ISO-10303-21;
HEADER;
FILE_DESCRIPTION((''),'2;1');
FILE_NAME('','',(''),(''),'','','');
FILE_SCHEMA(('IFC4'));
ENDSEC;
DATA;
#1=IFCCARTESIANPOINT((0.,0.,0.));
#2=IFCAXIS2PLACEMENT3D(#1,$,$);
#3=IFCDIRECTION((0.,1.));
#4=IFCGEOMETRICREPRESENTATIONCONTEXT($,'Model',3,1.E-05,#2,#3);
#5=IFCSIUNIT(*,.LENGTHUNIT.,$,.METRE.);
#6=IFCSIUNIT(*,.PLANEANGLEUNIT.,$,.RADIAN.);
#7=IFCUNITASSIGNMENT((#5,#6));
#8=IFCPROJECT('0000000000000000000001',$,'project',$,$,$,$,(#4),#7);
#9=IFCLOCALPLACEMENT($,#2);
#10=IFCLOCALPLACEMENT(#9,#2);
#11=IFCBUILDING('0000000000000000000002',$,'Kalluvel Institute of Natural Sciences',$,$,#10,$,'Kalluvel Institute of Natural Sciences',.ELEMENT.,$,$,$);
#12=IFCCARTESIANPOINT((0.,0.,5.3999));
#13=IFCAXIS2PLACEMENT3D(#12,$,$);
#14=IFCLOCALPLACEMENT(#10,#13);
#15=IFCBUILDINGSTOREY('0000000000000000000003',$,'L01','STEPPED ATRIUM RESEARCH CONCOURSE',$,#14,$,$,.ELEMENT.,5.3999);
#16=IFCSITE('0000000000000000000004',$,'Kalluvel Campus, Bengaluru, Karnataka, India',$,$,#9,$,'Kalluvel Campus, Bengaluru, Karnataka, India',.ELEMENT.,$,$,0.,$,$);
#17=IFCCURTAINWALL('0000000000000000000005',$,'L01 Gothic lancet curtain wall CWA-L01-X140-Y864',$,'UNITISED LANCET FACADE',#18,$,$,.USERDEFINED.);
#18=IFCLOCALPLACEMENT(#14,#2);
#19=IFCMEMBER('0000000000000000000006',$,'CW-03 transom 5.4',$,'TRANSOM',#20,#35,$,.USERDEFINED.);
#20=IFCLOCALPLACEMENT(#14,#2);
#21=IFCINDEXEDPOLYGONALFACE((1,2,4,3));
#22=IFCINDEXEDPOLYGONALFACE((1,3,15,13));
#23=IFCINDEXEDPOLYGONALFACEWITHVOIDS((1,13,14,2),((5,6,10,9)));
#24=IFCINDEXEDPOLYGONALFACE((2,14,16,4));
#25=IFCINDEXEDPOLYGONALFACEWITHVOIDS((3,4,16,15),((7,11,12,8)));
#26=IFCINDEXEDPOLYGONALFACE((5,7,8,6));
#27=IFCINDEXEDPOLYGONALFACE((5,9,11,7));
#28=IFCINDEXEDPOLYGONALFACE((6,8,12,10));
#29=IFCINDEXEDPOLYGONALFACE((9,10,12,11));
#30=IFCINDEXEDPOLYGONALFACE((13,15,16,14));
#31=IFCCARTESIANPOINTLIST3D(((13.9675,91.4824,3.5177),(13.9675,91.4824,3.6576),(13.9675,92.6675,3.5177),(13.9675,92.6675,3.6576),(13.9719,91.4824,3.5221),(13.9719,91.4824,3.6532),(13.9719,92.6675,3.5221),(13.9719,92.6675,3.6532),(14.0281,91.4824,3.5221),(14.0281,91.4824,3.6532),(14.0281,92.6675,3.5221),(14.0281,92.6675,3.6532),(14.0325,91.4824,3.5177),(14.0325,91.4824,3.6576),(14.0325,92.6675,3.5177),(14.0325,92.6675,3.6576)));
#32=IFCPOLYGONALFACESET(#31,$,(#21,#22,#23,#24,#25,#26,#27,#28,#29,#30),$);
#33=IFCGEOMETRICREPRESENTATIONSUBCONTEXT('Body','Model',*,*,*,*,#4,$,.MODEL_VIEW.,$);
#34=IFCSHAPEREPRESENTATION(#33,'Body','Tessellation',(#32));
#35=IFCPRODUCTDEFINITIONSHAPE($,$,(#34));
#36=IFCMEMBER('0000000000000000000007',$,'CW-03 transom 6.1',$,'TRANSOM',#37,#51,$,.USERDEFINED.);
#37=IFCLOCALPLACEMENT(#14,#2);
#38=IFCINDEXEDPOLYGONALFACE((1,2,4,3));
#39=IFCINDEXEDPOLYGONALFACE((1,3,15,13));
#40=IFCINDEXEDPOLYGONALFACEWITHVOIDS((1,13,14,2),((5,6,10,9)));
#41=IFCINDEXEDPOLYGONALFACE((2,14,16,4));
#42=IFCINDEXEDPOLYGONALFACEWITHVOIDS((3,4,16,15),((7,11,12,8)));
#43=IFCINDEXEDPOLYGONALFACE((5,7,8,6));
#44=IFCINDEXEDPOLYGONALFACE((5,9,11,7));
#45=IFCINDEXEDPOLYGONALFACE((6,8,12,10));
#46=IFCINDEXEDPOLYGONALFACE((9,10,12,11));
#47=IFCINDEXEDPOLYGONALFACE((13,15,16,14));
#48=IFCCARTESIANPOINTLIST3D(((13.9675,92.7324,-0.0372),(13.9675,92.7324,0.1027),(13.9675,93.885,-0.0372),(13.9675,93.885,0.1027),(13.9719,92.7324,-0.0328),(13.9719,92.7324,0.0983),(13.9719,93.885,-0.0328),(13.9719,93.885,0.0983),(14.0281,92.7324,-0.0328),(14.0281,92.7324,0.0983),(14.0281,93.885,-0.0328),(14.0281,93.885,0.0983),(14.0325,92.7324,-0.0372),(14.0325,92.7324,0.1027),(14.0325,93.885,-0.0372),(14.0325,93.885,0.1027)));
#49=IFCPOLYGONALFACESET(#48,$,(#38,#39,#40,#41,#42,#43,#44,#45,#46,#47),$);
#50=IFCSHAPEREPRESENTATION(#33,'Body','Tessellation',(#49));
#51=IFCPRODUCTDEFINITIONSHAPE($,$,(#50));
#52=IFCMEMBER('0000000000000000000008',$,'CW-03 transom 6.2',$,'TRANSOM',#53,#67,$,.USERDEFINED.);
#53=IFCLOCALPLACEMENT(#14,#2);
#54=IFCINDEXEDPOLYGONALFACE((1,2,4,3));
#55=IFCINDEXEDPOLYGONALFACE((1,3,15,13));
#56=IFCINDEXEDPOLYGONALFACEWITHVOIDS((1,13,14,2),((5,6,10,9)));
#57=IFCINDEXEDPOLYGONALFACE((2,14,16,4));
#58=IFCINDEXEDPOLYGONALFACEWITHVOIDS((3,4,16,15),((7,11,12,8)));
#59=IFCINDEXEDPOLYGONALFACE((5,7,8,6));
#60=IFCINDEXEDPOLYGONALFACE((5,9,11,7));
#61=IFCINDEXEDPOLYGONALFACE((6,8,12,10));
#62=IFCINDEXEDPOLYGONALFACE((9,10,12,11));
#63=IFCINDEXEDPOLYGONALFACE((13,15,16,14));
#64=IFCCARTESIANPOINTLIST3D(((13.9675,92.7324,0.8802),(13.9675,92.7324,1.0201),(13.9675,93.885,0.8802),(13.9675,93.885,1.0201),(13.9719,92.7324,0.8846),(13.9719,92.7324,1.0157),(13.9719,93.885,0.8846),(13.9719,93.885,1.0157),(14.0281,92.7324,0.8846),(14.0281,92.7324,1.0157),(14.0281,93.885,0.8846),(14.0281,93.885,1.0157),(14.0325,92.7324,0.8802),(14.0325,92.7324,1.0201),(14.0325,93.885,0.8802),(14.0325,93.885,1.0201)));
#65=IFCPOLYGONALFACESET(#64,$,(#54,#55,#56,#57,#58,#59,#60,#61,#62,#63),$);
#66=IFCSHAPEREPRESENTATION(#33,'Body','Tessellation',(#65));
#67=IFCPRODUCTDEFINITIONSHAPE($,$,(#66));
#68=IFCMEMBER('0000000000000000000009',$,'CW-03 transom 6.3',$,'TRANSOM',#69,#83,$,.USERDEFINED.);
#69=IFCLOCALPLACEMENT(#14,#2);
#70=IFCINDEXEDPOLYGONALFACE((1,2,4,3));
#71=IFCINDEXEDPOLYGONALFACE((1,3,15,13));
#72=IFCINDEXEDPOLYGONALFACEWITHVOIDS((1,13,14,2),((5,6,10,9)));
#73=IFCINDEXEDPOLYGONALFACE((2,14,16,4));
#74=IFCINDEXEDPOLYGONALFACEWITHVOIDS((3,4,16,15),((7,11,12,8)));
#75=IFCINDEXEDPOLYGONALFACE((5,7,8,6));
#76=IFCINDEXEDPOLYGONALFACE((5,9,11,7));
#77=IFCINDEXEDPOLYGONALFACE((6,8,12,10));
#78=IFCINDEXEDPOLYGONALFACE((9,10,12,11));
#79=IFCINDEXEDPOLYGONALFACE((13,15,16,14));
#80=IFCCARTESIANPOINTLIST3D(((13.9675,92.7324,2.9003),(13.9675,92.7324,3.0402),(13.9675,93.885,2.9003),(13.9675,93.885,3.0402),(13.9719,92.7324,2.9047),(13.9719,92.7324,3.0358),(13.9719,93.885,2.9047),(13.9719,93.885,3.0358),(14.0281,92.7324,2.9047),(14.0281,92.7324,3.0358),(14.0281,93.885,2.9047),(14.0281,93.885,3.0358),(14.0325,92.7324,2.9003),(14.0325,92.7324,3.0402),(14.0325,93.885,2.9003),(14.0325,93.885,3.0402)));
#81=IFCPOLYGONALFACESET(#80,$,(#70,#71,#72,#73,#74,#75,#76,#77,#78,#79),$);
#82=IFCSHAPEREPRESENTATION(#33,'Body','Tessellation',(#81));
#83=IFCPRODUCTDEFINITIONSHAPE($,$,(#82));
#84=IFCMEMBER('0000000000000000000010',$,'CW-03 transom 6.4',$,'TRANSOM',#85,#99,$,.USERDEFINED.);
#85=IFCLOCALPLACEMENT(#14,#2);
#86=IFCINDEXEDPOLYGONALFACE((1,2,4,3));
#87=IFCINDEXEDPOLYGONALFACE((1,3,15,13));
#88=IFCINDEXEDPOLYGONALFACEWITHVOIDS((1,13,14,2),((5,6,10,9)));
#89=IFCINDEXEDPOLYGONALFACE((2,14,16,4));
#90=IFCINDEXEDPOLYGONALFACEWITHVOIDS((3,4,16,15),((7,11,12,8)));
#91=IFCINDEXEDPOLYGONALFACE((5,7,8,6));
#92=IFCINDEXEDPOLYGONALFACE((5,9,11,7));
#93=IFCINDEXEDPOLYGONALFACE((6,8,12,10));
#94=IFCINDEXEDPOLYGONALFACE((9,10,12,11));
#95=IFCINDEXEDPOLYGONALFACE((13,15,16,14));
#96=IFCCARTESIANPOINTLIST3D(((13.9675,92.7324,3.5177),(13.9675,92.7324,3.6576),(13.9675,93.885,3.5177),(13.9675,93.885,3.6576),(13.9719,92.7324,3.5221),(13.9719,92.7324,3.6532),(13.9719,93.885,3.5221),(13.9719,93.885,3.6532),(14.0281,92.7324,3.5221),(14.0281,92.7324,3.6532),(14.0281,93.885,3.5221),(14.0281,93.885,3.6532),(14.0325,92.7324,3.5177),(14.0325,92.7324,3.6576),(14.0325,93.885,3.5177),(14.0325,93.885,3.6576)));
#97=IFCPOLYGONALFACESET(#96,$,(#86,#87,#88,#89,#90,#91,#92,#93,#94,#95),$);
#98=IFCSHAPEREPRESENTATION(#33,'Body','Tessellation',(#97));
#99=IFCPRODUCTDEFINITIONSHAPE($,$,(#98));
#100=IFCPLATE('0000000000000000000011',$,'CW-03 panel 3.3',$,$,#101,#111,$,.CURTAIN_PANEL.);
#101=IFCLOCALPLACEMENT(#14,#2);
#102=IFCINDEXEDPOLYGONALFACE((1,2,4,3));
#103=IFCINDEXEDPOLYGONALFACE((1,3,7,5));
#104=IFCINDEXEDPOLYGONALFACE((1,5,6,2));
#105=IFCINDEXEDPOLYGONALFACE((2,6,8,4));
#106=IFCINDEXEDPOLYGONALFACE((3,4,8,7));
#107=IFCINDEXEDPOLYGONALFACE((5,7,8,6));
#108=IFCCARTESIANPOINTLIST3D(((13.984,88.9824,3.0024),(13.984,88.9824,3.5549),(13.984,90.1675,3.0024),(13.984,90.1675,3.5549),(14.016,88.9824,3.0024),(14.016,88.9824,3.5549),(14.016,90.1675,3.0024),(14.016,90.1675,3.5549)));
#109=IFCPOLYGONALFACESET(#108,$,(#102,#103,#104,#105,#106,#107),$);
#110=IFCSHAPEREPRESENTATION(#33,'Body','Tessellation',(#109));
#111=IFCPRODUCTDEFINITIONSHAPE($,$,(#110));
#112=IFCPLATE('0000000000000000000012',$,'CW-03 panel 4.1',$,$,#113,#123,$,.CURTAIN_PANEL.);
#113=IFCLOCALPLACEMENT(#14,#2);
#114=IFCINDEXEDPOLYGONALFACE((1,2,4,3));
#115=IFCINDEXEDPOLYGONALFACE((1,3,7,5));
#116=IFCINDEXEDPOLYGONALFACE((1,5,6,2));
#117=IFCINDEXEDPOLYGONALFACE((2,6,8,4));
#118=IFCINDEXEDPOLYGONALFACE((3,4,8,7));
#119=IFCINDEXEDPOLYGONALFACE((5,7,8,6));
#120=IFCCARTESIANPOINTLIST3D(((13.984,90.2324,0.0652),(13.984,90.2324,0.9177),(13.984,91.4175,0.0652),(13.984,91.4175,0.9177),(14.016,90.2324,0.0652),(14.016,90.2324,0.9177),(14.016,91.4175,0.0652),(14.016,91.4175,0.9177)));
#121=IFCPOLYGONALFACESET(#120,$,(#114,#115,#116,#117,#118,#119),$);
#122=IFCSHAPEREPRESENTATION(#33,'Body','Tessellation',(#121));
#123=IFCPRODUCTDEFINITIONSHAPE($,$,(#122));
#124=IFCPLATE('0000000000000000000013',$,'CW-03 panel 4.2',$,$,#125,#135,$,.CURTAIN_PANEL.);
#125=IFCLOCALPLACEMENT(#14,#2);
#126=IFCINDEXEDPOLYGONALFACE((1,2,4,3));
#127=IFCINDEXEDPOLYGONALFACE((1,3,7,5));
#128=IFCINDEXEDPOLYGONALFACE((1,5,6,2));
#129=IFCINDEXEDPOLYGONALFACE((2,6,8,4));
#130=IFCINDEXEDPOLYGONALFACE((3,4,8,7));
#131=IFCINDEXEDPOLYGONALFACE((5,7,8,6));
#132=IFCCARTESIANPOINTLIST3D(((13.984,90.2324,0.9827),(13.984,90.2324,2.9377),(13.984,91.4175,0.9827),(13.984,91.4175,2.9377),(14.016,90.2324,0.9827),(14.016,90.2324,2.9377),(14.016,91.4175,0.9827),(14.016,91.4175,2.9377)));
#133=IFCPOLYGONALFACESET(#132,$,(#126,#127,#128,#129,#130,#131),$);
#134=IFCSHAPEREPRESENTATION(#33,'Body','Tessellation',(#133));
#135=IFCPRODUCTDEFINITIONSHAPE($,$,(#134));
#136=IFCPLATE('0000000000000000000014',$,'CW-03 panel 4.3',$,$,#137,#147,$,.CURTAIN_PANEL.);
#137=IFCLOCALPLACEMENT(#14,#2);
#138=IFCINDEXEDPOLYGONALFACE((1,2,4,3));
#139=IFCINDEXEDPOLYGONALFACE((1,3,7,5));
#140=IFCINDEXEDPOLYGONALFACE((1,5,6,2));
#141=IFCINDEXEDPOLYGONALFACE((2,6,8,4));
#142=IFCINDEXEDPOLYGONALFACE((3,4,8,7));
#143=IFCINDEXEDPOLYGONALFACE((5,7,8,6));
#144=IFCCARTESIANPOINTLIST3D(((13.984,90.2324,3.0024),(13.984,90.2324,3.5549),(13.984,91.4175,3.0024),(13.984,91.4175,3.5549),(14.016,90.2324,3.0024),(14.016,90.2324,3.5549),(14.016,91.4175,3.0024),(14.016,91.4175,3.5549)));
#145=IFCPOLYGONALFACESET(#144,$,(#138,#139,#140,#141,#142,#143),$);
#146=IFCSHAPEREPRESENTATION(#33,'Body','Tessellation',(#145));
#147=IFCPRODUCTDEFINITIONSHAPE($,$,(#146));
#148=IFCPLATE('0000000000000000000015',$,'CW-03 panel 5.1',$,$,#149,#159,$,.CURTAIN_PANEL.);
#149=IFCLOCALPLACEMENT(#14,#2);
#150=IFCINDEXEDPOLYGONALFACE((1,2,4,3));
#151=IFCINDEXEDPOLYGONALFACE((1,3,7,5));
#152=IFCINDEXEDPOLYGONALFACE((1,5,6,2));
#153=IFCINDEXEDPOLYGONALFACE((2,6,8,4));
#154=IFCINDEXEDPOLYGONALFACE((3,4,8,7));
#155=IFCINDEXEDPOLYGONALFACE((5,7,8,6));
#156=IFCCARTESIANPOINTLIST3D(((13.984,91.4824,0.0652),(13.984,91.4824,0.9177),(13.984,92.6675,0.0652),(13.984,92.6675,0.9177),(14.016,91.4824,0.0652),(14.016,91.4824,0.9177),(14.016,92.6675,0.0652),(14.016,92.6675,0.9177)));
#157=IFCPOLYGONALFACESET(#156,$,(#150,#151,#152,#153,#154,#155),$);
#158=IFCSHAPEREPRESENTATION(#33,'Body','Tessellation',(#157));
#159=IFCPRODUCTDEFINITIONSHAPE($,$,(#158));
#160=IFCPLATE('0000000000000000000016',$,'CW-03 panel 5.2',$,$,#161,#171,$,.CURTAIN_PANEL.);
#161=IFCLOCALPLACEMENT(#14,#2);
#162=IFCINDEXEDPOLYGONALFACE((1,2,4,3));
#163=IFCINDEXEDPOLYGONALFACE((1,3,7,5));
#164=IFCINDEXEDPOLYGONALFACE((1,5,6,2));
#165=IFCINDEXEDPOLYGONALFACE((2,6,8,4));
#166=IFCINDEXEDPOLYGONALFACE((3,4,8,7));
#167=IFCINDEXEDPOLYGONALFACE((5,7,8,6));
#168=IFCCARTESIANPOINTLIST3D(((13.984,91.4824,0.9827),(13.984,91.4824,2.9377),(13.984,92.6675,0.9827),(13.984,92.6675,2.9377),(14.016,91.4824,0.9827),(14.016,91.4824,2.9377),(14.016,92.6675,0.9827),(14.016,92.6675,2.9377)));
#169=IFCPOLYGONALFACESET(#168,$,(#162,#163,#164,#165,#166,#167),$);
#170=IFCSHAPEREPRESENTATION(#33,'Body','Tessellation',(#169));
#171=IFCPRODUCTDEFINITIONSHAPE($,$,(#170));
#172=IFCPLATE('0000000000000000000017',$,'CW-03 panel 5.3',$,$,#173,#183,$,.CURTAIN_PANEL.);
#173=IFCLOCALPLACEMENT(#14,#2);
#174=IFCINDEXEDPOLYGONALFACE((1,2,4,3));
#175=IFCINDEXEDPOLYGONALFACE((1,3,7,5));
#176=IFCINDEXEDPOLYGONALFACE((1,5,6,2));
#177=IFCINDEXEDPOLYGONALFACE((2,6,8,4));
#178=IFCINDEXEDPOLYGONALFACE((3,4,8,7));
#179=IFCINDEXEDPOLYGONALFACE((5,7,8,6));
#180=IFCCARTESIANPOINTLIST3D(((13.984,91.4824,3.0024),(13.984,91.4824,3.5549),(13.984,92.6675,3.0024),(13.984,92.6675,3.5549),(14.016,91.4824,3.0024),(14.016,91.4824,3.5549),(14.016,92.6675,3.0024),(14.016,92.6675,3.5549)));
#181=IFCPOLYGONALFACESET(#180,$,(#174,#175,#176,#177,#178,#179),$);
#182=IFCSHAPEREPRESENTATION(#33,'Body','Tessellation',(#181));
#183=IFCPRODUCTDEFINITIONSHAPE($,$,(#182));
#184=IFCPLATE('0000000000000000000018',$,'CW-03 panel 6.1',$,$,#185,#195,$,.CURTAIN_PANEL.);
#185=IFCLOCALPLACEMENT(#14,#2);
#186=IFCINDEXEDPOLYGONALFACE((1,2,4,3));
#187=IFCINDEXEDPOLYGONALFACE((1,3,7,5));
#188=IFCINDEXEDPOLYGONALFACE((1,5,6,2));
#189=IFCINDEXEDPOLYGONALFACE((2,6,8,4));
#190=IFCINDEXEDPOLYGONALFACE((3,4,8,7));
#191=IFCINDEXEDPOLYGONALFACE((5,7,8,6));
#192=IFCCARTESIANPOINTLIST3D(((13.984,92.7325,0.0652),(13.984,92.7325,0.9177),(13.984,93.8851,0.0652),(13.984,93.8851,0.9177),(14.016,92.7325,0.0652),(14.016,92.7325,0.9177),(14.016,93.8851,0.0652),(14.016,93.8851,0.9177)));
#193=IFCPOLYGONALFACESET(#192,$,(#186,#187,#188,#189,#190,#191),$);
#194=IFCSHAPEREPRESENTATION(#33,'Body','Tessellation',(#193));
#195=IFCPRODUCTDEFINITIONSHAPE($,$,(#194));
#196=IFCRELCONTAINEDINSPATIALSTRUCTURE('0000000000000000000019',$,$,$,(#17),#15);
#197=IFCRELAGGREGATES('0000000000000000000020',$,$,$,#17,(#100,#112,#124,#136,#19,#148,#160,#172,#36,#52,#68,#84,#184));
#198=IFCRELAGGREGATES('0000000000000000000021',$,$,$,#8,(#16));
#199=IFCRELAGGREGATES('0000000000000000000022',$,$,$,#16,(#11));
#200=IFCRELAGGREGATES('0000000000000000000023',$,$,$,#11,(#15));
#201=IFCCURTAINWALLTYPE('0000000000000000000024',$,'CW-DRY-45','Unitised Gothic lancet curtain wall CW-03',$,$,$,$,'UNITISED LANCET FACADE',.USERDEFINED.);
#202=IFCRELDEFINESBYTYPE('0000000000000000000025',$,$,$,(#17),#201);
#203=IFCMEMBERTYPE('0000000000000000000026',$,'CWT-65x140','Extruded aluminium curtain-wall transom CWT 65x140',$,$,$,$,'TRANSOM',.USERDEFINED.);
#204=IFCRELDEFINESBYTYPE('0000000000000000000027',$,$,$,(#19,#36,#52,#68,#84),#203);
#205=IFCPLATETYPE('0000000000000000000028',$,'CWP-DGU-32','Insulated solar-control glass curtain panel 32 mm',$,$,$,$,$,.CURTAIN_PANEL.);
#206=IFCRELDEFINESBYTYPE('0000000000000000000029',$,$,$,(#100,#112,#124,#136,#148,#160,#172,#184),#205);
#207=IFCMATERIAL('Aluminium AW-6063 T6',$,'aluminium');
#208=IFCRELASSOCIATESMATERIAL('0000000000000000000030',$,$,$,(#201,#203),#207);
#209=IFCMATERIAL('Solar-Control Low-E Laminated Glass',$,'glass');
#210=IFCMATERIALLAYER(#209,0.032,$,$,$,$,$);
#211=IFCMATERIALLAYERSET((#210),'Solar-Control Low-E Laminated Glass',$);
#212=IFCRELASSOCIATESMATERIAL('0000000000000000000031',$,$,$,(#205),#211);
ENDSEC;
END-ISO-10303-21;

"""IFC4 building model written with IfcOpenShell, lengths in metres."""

from ifc_helpers import new_model, si_unit, direction, frame, origin, origin_2d, place, context, subcontext, project, spatial, rectangle, hollow_rectangle, extrude, material, layer, layer_set, material_profile, profile_set, type_object, element, aggregate, save


model = new_model("IFC4")

# Units and contexts
model_context = context("Model", 3, precision=1e-05, world=origin(), true_north=direction((0.0, 1.0)))
body_context = subcontext(model_context, "Body", "Model", "MODEL_VIEW")
ifc_project = project(units=[si_unit("LENGTHUNIT", "METRE"), si_unit("PLANEANGLEUNIT", "RADIAN")], contexts=[model_context])

# Site, building, storey
site_placement = place(None, origin())
site = spatial("IfcSite", under=ifc_project, at=site_placement, Name="Kalluvel Campus, Bengaluru, Karnataka, India", LongName="Kalluvel Campus, Bengaluru, Karnataka, India", CompositionType="ELEMENT", RefElevation=0.0)
building_placement = place(site_placement, origin())
building = spatial("IfcBuilding", under=site, at=building_placement, Name="Kalluvel Institute of Natural Sciences", LongName="Kalluvel Institute of Natural Sciences", CompositionType="ELEMENT")
storey_placement = place(building_placement, frame((0.0, 0.0, 5.3999)))
storey = spatial("IfcBuildingStorey", under=building, at=storey_placement, Name="L01", Description="STEPPED ATRIUM RESEARCH CONCOURSE", CompositionType="ELEMENT", Elevation=5.3999)

# Curtain wall, members, plates
ifc_material_1 = material(Name="Aluminium AW-6063 T6", Category="aluminium")
curtain_wall_type = type_object("IfcCurtainWallType", Name="CW-DRY-45", Description="Unitised Gothic lancet curtain wall CW-03", ElementType="UNITISED LANCET FACADE", PredefinedType="USERDEFINED", material=ifc_material_1)
curtain_wall_placement = place(storey_placement, origin())
curtain_wall = element("IfcCurtainWall", 1, at=curtain_wall_placement, inside=storey, type_object=curtain_wall_type, Name="L01 Gothic lancet curtain wall CWA-L01-X140-Y864", ObjectType="UNITISED LANCET FACADE", PredefinedType="USERDEFINED")
ifc_material_profile_1 = material_profile(ifc_material_1, hollow_rectangle(XDim=0.0649, YDim=0.1399, WallThickness=0.0044, at=origin_2d()), Name="CWT 65x140")
ifc_profile_set_1 = profile_set([ifc_material_profile_1], Name="Aluminium AW-6063 T6")
member_type_1 = type_object("IfcMemberType", Name="CWT-65x140", Description="Extruded aluminium curtain-wall transom CWT 65x140", ElementType="TRANSOM", PredefinedType="USERDEFINED", material=ifc_profile_set_1)
member_1_placement = place(storey_placement, frame((14.0, 91.4824, 3.5876), z_axis=(0.0, 1.0, 0.0), x_axis=(-1.0, 0.0, 0.0)))
member_1 = element("IfcMember", 2, at=member_1_placement, type_object=member_type_1, Name="CW-03 transom 5.4", ObjectType="TRANSOM", PredefinedType="USERDEFINED", context=body_context, shape_type="SweptSolid", body=[
    extrude(hollow_rectangle(XDim=0.0649, YDim=0.1399, WallThickness=0.0044, at=origin_2d()), origin(), (0.0, 0.0, 1.0), 1.1851),
])
member_2_placement = place(storey_placement, frame((14.0, 92.7324, 0.0327), z_axis=(0.0, 1.0, 0.0), x_axis=(-1.0, 0.0, 0.0)))
member_2 = element("IfcMember", 3, at=member_2_placement, type_object=member_type_1, Name="CW-03 transom 6.1", ObjectType="TRANSOM", PredefinedType="USERDEFINED", context=body_context, shape_type="SweptSolid", body=[
    extrude(hollow_rectangle(XDim=0.0649, YDim=0.1399, WallThickness=0.0044, at=origin_2d()), origin(), (0.0, 0.0, 1.0), 1.1526),
])
member_3_placement = place(storey_placement, frame((14.0, 92.7324, 0.9502), z_axis=(0.0, 1.0, 0.0), x_axis=(-1.0, 0.0, 0.0)))
member_3 = element("IfcMember", 4, at=member_3_placement, type_object=member_type_1, Name="CW-03 transom 6.2", ObjectType="TRANSOM", PredefinedType="USERDEFINED", context=body_context, shape_type="SweptSolid", body=[
    extrude(hollow_rectangle(XDim=0.0649, YDim=0.1399, WallThickness=0.0044, at=origin_2d()), origin(), (0.0, 0.0, 1.0), 1.1526),
])
member_4_placement = place(storey_placement, frame((14.0, 92.7324, 2.9702), z_axis=(0.0, 1.0, 0.0), x_axis=(-1.0, 0.0, 0.0)))
member_4 = element("IfcMember", 5, at=member_4_placement, type_object=member_type_1, Name="CW-03 transom 6.3", ObjectType="TRANSOM", PredefinedType="USERDEFINED", context=body_context, shape_type="SweptSolid", body=[
    extrude(hollow_rectangle(XDim=0.0649, YDim=0.1399, WallThickness=0.0044, at=origin_2d()), origin(), (0.0, 0.0, 1.0), 1.1526),
])
member_5_placement = place(storey_placement, frame((14.0, 92.7324, 3.5876), z_axis=(0.0, 1.0, 0.0), x_axis=(-1.0, 0.0, 0.0)))
member_5 = element("IfcMember", 6, at=member_5_placement, type_object=member_type_1, Name="CW-03 transom 6.4", ObjectType="TRANSOM", PredefinedType="USERDEFINED", context=body_context, shape_type="SweptSolid", body=[
    extrude(hollow_rectangle(XDim=0.0649, YDim=0.1399, WallThickness=0.0044, at=origin_2d()), origin(), (0.0, 0.0, 1.0), 1.1526),
])
ifc_material_2 = material(Name="Solar-Control Low-E Laminated Glass", Category="glass")
ifc_layer_1 = layer(ifc_material_2, 0.032)
ifc_layer_set_1 = layer_set([ifc_layer_1], Name="Solar-Control Low-E Laminated Glass")
plate_type = type_object("IfcPlateType", Name="CWP-DGU-32", Description="Insulated solar-control glass curtain panel 32 mm", PredefinedType="CURTAIN_PANEL", material=ifc_layer_set_1)
plate_1_placement = place(storey_placement, frame((14.0, 89.575, 3.0024), z_axis=(0.0, 0.0, 1.0), x_axis=(0.0, 1.0, 0.0)))
plate_1 = element("IfcPlate", 7, at=plate_1_placement, type_object=plate_type, Name="CW-03 panel 3.3", PredefinedType="CURTAIN_PANEL", context=body_context, shape_type="SweptSolid", body=[
    extrude(rectangle(XDim=1.1851, YDim=0.032, at=origin_2d()), origin(), (0.0, 0.0, 1.0), 0.5525),
])
plate_2_placement = place(storey_placement, frame((14.0, 90.825, 0.0652), z_axis=(0.0, 0.0, 1.0), x_axis=(0.0, 1.0, 0.0)))
plate_2 = element("IfcPlate", 8, at=plate_2_placement, type_object=plate_type, Name="CW-03 panel 4.1", PredefinedType="CURTAIN_PANEL", context=body_context, shape_type="SweptSolid", body=[
    extrude(rectangle(XDim=1.1851, YDim=0.032, at=origin_2d()), origin(), (0.0, 0.0, 1.0), 0.8525),
])
plate_3_placement = place(storey_placement, frame((14.0, 90.825, 0.9827), z_axis=(0.0, 0.0, 1.0), x_axis=(0.0, 1.0, 0.0)))
plate_3 = element("IfcPlate", 9, at=plate_3_placement, type_object=plate_type, Name="CW-03 panel 4.2", PredefinedType="CURTAIN_PANEL", context=body_context, shape_type="SweptSolid", body=[
    extrude(rectangle(XDim=1.1851, YDim=0.032, at=origin_2d()), origin(), (0.0, 0.0, 1.0), 1.9551),
])
plate_4_placement = place(storey_placement, frame((14.0, 90.825, 3.0024), z_axis=(0.0, 0.0, 1.0), x_axis=(0.0, 1.0, 0.0)))
plate_4 = element("IfcPlate", 10, at=plate_4_placement, type_object=plate_type, Name="CW-03 panel 4.3", PredefinedType="CURTAIN_PANEL", context=body_context, shape_type="SweptSolid", body=[
    extrude(rectangle(XDim=1.1851, YDim=0.032, at=origin_2d()), origin(), (0.0, 0.0, 1.0), 0.5525),
])
plate_5_placement = place(storey_placement, frame((14.0, 92.075, 0.0652), z_axis=(0.0, 0.0, 1.0), x_axis=(0.0, 1.0, 0.0)))
plate_5 = element("IfcPlate", 11, at=plate_5_placement, type_object=plate_type, Name="CW-03 panel 5.1", PredefinedType="CURTAIN_PANEL", context=body_context, shape_type="SweptSolid", body=[
    extrude(rectangle(XDim=1.1851, YDim=0.032, at=origin_2d()), origin(), (0.0, 0.0, 1.0), 0.8525),
])
plate_6_placement = place(storey_placement, frame((14.0, 92.075, 0.9827), z_axis=(0.0, 0.0, 1.0), x_axis=(0.0, 1.0, 0.0)))
plate_6 = element("IfcPlate", 12, at=plate_6_placement, type_object=plate_type, Name="CW-03 panel 5.2", PredefinedType="CURTAIN_PANEL", context=body_context, shape_type="SweptSolid", body=[
    extrude(rectangle(XDim=1.1851, YDim=0.032, at=origin_2d()), origin(), (0.0, 0.0, 1.0), 1.9551),
])
plate_7_placement = place(storey_placement, frame((14.0, 92.075, 3.0024), z_axis=(0.0, 0.0, 1.0), x_axis=(0.0, 1.0, 0.0)))
plate_7 = element("IfcPlate", 13, at=plate_7_placement, type_object=plate_type, Name="CW-03 panel 5.3", PredefinedType="CURTAIN_PANEL", context=body_context, shape_type="SweptSolid", body=[
    extrude(rectangle(XDim=1.1851, YDim=0.032, at=origin_2d()), origin(), (0.0, 0.0, 1.0), 0.5525),
])
plate_8_placement = place(storey_placement, frame((14.0, 93.3088, 0.0652), z_axis=(0.0, 0.0, 1.0), x_axis=(0.0, 1.0, 0.0)))
plate_8 = element("IfcPlate", 14, at=plate_8_placement, type_object=plate_type, Name="CW-03 panel 6.1", PredefinedType="CURTAIN_PANEL", context=body_context, shape_type="SweptSolid", body=[
    extrude(rectangle(XDim=1.1526, YDim=0.032, at=origin_2d()), origin(), (0.0, 0.0, 1.0), 0.8525),
])
aggregate(curtain_wall, [plate_1, plate_2, plate_3, plate_4, member_1, plate_5, plate_6, plate_7, member_2, member_3, member_4, member_5, plate_8])

save(model, "model.ifc")
